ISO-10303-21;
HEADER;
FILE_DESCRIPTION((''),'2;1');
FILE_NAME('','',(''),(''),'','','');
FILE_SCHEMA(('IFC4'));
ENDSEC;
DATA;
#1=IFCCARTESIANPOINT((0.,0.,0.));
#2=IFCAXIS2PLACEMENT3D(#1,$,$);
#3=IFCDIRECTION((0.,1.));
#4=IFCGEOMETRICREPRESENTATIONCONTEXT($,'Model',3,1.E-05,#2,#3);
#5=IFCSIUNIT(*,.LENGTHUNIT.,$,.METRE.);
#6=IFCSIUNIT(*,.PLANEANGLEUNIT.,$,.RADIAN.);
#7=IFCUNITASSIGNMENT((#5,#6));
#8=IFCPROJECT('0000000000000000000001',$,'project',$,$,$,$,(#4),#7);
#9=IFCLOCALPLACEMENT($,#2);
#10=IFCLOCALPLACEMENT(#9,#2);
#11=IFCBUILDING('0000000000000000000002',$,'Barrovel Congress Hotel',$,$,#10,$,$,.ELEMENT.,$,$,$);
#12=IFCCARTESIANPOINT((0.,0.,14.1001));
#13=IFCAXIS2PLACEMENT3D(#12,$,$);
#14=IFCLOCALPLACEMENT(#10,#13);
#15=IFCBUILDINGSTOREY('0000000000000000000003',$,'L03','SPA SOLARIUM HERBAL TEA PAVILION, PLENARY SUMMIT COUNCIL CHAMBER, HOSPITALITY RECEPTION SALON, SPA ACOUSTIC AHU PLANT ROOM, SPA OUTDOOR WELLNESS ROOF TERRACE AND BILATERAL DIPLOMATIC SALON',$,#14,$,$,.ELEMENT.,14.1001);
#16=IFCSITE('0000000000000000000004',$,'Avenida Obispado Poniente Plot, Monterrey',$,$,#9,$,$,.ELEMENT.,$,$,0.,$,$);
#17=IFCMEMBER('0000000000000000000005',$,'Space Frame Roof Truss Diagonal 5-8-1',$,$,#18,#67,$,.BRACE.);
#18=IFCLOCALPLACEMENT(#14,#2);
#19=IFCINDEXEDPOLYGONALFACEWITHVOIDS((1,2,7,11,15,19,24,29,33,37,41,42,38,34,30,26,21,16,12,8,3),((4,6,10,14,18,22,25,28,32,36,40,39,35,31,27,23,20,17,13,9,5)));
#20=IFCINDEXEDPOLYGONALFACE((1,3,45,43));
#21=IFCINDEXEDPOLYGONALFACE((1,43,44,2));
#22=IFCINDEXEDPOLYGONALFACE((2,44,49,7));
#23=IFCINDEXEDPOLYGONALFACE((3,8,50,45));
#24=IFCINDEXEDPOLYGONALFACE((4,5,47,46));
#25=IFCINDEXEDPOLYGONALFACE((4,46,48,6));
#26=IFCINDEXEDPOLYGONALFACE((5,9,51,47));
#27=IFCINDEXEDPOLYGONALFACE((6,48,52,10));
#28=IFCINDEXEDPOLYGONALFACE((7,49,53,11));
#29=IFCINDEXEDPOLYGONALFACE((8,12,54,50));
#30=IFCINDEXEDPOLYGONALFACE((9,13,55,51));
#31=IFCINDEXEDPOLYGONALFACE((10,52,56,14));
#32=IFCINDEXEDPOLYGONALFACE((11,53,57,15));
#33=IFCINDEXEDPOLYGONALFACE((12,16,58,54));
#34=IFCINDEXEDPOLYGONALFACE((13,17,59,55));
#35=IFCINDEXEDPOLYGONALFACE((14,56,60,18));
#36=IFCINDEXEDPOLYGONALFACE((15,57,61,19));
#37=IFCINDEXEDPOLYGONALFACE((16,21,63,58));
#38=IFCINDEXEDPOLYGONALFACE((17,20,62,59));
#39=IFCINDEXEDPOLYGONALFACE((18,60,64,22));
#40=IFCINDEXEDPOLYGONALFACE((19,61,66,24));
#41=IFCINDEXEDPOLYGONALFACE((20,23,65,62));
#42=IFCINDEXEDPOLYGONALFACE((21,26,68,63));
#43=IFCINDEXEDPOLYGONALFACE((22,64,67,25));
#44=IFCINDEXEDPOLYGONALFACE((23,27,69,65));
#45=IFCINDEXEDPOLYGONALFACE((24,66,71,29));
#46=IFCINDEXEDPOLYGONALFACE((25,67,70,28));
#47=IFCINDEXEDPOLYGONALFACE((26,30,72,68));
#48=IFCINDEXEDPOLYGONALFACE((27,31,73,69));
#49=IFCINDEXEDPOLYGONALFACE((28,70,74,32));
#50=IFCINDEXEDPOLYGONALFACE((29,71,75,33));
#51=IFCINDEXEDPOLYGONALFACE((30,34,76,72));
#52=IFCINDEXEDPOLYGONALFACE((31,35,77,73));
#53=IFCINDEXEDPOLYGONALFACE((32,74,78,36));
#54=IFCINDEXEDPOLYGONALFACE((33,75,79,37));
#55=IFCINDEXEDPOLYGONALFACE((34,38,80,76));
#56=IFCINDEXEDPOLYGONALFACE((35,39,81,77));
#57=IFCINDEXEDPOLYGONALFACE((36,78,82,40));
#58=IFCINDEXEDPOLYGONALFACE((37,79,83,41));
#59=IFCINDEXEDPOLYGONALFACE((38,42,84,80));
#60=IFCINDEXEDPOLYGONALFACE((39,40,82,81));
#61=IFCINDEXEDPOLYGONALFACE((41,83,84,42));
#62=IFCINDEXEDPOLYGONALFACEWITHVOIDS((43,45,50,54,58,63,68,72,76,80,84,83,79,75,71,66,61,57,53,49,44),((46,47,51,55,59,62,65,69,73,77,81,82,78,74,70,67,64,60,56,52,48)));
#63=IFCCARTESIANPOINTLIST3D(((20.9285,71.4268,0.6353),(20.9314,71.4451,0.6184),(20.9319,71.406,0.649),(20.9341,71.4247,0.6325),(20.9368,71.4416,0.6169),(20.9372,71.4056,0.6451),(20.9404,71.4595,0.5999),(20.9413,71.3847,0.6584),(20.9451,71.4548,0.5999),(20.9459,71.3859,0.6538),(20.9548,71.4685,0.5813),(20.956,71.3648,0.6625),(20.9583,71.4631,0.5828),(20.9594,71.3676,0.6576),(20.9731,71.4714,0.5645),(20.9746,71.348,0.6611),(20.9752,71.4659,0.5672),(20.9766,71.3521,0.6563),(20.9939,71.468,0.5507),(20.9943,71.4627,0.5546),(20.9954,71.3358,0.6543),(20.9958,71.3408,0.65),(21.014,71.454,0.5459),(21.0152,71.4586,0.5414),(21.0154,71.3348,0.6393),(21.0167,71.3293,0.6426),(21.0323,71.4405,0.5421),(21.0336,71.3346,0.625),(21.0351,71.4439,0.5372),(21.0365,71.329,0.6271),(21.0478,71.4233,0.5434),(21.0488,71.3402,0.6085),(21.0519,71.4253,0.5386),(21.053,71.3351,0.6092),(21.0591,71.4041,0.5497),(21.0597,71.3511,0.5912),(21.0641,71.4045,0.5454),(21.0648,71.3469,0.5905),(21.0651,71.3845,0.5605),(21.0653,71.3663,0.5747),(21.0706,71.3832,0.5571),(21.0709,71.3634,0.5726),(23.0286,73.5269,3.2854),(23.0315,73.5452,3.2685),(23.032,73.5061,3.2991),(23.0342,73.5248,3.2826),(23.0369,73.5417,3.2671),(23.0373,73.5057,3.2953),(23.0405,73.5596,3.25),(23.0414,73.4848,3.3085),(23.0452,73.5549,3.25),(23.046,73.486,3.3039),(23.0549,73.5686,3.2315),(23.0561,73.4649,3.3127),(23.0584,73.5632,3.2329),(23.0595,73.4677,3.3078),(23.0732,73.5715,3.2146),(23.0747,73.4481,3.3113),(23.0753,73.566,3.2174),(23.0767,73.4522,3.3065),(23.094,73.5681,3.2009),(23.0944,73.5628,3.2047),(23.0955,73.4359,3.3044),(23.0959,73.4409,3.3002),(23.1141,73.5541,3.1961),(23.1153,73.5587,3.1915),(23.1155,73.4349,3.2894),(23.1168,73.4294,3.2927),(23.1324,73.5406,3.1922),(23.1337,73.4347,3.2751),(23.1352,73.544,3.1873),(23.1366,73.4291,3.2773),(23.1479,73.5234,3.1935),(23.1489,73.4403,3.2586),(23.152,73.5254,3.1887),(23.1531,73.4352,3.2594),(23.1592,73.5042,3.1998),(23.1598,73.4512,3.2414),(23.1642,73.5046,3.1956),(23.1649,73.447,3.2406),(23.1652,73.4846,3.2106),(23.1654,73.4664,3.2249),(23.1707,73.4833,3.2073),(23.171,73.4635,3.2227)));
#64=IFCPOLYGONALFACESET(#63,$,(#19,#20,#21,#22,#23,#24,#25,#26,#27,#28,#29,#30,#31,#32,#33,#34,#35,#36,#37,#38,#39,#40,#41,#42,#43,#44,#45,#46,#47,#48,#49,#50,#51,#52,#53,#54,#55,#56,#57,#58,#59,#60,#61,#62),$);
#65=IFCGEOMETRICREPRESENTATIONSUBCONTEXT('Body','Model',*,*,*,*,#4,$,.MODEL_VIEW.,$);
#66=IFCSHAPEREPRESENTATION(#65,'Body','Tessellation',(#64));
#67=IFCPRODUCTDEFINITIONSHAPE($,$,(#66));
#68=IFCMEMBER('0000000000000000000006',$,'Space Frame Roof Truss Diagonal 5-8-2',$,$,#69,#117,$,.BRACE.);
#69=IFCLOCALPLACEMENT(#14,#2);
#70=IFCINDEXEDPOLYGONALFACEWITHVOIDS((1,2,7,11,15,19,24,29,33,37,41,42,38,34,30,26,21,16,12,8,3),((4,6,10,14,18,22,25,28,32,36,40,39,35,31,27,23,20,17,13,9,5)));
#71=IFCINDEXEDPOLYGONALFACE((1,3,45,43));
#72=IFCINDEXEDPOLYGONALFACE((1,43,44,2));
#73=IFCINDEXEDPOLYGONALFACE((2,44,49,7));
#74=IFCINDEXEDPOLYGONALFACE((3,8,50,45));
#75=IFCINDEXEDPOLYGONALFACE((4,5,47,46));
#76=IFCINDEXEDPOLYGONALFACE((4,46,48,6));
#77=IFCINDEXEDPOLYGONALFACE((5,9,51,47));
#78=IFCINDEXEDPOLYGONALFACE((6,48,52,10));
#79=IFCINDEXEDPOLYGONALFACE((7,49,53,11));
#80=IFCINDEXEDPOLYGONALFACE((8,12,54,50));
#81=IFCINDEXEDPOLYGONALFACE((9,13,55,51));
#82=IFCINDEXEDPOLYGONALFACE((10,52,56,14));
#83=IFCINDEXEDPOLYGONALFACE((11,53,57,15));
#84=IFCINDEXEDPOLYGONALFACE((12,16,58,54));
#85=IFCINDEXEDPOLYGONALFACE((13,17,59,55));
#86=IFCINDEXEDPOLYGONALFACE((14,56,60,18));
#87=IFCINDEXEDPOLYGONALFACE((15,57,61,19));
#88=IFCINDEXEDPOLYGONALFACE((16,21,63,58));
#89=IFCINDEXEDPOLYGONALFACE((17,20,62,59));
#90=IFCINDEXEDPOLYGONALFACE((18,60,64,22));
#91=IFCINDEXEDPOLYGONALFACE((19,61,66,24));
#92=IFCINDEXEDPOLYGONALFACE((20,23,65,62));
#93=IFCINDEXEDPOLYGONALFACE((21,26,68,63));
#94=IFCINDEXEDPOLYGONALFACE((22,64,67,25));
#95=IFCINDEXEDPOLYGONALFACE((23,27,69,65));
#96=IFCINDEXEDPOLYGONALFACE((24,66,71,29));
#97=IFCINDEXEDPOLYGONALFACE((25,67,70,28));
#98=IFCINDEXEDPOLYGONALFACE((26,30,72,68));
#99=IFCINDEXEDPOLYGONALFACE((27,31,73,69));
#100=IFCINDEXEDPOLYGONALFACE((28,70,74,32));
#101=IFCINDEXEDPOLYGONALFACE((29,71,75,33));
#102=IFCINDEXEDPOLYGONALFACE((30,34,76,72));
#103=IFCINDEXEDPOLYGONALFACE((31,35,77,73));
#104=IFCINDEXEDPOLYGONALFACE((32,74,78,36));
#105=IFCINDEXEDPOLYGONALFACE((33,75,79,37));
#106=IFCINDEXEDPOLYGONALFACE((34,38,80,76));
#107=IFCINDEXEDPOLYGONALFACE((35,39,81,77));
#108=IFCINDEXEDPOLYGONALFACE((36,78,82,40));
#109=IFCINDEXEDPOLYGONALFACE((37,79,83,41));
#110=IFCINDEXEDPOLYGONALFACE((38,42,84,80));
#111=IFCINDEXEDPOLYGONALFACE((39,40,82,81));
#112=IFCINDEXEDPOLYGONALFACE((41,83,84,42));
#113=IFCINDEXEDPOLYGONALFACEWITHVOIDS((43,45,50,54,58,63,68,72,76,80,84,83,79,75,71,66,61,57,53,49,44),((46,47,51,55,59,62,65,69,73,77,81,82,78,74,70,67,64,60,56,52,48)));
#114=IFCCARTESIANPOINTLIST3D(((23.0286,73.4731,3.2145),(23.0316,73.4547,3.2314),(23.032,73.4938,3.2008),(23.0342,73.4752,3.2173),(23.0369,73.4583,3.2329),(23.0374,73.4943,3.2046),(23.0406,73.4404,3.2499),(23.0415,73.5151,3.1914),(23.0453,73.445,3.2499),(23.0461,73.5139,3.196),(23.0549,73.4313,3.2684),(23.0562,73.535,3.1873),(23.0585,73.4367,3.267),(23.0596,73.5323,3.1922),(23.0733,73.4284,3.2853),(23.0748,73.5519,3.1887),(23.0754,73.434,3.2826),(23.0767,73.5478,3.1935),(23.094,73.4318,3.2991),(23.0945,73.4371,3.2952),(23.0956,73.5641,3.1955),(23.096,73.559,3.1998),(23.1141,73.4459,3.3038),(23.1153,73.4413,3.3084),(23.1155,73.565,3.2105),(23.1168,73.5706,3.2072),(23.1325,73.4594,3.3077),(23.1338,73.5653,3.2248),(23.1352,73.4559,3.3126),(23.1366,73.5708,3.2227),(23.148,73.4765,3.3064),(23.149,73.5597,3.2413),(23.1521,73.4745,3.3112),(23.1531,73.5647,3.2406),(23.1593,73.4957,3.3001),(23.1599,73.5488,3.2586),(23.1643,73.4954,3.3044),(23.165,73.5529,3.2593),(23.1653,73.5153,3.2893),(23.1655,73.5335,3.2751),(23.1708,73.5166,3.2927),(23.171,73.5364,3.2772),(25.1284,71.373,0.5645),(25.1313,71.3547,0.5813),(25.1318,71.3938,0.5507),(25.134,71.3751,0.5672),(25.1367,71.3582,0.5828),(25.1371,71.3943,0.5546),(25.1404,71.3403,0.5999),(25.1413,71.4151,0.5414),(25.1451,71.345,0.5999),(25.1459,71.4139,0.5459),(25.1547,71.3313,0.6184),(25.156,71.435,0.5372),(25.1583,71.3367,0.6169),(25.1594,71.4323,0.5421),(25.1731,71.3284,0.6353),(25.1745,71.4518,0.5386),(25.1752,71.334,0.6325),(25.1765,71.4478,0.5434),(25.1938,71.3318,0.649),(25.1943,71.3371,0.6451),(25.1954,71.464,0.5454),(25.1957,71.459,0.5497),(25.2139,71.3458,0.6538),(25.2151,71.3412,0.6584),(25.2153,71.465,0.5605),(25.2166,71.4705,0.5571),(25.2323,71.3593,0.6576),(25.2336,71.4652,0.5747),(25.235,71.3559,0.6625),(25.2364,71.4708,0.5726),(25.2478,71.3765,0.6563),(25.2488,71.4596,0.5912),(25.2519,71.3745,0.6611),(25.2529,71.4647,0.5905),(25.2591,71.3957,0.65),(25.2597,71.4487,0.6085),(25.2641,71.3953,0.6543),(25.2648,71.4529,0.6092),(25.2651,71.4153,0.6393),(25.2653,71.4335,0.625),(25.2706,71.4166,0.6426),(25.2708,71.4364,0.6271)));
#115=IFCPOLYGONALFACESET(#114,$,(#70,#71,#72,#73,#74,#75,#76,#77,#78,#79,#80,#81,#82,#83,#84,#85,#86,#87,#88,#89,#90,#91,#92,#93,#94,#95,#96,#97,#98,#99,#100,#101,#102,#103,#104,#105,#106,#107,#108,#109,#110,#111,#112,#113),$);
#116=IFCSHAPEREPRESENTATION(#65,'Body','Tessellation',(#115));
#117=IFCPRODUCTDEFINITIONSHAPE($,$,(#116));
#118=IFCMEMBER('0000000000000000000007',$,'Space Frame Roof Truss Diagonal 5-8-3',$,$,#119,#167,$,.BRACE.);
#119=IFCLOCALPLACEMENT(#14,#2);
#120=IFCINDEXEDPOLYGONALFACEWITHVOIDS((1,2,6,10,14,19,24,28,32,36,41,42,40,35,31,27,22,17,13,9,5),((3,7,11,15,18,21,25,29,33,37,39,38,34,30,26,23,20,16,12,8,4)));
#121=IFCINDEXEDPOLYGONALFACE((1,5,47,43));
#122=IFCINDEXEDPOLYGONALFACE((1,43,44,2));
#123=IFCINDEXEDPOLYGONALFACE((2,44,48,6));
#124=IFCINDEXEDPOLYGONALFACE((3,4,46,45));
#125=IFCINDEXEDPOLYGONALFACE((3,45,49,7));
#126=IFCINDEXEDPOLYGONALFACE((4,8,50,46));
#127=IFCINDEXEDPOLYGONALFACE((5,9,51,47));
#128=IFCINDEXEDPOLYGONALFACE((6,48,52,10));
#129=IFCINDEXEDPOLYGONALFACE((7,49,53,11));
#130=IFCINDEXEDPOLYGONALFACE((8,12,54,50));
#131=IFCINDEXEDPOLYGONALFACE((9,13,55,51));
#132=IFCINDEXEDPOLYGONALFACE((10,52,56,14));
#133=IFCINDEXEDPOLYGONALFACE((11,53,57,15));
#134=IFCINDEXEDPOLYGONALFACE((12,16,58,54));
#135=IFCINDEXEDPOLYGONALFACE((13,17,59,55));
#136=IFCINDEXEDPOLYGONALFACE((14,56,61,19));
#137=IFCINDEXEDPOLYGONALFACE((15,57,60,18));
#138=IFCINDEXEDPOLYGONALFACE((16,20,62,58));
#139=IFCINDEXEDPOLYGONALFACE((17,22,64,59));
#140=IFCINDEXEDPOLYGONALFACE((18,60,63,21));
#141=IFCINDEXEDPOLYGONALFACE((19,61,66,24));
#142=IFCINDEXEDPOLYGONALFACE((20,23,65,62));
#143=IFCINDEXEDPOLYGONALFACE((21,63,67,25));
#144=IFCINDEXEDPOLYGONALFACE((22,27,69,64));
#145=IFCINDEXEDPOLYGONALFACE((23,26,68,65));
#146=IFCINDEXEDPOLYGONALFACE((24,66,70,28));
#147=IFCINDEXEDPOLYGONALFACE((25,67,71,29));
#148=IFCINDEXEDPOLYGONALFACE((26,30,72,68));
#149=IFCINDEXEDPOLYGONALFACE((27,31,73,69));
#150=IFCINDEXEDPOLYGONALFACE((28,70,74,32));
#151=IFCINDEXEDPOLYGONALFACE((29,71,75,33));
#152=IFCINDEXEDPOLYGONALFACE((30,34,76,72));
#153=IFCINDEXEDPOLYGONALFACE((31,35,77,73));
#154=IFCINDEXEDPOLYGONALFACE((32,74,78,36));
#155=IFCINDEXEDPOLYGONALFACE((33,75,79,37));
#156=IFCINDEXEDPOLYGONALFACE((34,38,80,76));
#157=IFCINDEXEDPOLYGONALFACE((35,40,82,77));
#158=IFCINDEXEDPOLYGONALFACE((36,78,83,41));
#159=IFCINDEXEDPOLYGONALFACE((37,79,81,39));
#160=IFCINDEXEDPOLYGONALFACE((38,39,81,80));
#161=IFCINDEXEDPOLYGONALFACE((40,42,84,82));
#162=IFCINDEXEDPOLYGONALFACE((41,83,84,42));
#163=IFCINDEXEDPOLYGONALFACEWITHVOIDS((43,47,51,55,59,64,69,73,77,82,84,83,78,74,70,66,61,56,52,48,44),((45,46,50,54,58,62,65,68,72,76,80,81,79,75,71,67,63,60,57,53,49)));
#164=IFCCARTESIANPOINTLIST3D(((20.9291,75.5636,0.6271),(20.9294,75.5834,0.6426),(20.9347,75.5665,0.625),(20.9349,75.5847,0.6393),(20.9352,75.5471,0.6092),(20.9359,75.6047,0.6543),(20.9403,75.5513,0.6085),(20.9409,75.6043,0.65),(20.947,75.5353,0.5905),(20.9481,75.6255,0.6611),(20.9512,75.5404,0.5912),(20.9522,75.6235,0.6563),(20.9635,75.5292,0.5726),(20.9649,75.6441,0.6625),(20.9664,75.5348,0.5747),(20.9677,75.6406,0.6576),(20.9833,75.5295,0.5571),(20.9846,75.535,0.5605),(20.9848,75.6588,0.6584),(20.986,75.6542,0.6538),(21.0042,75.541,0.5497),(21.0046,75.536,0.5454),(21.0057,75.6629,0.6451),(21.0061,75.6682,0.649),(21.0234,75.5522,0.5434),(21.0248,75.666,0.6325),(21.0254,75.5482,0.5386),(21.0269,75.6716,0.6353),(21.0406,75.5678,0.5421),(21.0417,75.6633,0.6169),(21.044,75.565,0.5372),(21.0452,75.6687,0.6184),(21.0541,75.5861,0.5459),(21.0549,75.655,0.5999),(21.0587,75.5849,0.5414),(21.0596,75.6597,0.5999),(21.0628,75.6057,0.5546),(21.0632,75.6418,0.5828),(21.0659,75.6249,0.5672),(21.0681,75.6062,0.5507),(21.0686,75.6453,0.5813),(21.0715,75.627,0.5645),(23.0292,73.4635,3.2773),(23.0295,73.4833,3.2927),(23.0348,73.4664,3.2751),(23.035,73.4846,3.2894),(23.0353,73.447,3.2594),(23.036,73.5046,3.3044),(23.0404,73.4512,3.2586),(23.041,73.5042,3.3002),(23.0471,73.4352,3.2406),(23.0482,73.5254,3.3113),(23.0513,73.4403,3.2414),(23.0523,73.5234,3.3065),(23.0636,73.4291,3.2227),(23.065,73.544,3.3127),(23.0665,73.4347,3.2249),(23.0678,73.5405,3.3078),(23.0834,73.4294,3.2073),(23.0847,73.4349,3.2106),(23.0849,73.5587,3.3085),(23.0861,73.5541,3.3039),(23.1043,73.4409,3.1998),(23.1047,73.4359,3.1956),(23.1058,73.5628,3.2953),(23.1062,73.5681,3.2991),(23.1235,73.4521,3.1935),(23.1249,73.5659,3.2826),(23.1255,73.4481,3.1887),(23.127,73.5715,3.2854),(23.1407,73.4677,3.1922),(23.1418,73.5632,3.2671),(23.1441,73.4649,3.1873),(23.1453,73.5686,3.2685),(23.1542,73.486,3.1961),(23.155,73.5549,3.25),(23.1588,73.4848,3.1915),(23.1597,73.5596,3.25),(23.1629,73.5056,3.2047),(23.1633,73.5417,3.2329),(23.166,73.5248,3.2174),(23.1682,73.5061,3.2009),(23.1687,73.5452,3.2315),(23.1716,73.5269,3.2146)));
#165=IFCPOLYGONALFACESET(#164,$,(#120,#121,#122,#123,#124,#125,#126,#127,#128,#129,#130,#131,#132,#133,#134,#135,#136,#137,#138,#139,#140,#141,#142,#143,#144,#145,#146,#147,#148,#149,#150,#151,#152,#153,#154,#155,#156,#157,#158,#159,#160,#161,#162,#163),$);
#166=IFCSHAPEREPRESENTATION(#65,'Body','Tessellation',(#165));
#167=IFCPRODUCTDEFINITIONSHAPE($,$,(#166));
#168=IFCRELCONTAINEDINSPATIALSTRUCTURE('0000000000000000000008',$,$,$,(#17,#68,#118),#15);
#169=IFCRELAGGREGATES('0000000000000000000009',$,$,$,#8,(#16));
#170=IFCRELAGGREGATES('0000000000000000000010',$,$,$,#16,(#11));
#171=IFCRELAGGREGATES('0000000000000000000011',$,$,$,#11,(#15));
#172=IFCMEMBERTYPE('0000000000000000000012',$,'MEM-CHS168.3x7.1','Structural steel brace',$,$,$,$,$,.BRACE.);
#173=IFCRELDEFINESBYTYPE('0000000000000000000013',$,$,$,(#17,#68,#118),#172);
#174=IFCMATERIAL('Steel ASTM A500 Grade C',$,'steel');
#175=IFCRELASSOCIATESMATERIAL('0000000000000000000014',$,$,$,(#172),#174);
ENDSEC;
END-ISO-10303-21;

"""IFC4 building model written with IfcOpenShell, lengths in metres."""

from ifc_helpers import new_model, si_unit, direction, frame, origin, origin_2d, place, context, subcontext, project, spatial, hollow_circle, extrude, material, material_profile, profile_set, type_object, element, save


model = new_model("IFC4")

# Units and contexts
model_context = context("Model", 3, precision=1e-05, world=origin(), true_north=direction((0.0, 1.0)))
body_context = subcontext(model_context, "Body", "Model", "MODEL_VIEW")
ifc_project = project(units=[si_unit("LENGTHUNIT", "METRE"), si_unit("PLANEANGLEUNIT", "RADIAN")], contexts=[model_context])

# Site, building, storey
site_placement = place(None, origin())
site = spatial("IfcSite", under=ifc_project, at=site_placement, Name="Avenida Obispado Poniente Plot, Monterrey", CompositionType="ELEMENT", RefElevation=0.0)
building_placement = place(site_placement, origin())
building = spatial("IfcBuilding", under=site, at=building_placement, Name="Barrovel Congress Hotel", CompositionType="ELEMENT")
storey_placement = place(building_placement, frame((0.0, 0.0, 14.1001)))
storey = spatial("IfcBuildingStorey", under=building, at=storey_placement, Name="L03", Description="SPA SOLARIUM HERBAL TEA PAVILION, PLENARY SUMMIT COUNCIL CHAMBER, HOSPITALITY RECEPTION SALON, SPA ACOUSTIC AHU PLANT ROOM, SPA OUTDOOR WELLNESS ROOF TERRACE AND BILATERAL DIPLOMATIC SALON", CompositionType="ELEMENT", Elevation=14.1001)

# Members
ifc_material_1 = material(Name="Steel ASTM A500 Grade C", Category="steel")
ifc_material_profile_1 = material_profile(ifc_material_1, hollow_circle(Radius=0.0842, WallThickness=0.0066, at=origin_2d()), Name="CHS168.3x7.1")
ifc_profile_set_1 = profile_set([ifc_material_profile_1], Name="Steel ASTM A500 Grade C")
member_type_1 = type_object("IfcMemberType", Name="MEM-CHS168.3x7.1", Description="Structural steel brace", PredefinedType="BRACE", material=ifc_profile_set_1)
member_1_placement = place(storey_placement, frame((21.0, 71.3999, 0.5999), z_axis=(0.527601, 0.527601, 0.665788), x_axis=(-0.707107, 0.707107, 0.0)))
element("IfcMember", 1, at=member_1_placement, inside=storey, type_object=member_type_1, Name="Space Frame Roof Truss Diagonal 5-8-1", PredefinedType="BRACE", context=body_context, shape_type="SweptSolid", body=[
    extrude(hollow_circle(Radius=0.0842, WallThickness=0.0066, at=origin_2d()), origin(), (0.0, 0.0, 1.0), 3.9805),
])
member_2_placement = place(storey_placement, frame((25.2, 71.3999, 0.5999), z_axis=(-0.527557, 0.527618, 0.66581), x_axis=(-0.707148, -0.707066, 0.0)))
element("IfcMember", 2, at=member_2_placement, inside=storey, type_object=member_type_1, Name="Space Frame Roof Truss Diagonal 5-8-2", PredefinedType="BRACE", context=body_context, shape_type="SweptSolid", body=[
    extrude(hollow_circle(Radius=0.0842, WallThickness=0.0066, at=origin_2d()), origin(), (0.0, 0.0, 1.0), 3.9802),
])
member_3_placement = place(storey_placement, frame((21.0, 75.6001, 0.5999), z_axis=(0.527601, -0.527601, 0.665788), x_axis=(0.707107, 0.707107, 0.0)))
element("IfcMember", 3, at=member_3_placement, inside=storey, type_object=member_type_1, Name="Space Frame Roof Truss Diagonal 5-8-3", PredefinedType="BRACE", context=body_context, shape_type="SweptSolid", body=[
    extrude(hollow_circle(Radius=0.0842, WallThickness=0.0066, at=origin_2d()), origin(), (0.0, 0.0, 1.0), 3.9805),
])

save(model, "model.ifc")
